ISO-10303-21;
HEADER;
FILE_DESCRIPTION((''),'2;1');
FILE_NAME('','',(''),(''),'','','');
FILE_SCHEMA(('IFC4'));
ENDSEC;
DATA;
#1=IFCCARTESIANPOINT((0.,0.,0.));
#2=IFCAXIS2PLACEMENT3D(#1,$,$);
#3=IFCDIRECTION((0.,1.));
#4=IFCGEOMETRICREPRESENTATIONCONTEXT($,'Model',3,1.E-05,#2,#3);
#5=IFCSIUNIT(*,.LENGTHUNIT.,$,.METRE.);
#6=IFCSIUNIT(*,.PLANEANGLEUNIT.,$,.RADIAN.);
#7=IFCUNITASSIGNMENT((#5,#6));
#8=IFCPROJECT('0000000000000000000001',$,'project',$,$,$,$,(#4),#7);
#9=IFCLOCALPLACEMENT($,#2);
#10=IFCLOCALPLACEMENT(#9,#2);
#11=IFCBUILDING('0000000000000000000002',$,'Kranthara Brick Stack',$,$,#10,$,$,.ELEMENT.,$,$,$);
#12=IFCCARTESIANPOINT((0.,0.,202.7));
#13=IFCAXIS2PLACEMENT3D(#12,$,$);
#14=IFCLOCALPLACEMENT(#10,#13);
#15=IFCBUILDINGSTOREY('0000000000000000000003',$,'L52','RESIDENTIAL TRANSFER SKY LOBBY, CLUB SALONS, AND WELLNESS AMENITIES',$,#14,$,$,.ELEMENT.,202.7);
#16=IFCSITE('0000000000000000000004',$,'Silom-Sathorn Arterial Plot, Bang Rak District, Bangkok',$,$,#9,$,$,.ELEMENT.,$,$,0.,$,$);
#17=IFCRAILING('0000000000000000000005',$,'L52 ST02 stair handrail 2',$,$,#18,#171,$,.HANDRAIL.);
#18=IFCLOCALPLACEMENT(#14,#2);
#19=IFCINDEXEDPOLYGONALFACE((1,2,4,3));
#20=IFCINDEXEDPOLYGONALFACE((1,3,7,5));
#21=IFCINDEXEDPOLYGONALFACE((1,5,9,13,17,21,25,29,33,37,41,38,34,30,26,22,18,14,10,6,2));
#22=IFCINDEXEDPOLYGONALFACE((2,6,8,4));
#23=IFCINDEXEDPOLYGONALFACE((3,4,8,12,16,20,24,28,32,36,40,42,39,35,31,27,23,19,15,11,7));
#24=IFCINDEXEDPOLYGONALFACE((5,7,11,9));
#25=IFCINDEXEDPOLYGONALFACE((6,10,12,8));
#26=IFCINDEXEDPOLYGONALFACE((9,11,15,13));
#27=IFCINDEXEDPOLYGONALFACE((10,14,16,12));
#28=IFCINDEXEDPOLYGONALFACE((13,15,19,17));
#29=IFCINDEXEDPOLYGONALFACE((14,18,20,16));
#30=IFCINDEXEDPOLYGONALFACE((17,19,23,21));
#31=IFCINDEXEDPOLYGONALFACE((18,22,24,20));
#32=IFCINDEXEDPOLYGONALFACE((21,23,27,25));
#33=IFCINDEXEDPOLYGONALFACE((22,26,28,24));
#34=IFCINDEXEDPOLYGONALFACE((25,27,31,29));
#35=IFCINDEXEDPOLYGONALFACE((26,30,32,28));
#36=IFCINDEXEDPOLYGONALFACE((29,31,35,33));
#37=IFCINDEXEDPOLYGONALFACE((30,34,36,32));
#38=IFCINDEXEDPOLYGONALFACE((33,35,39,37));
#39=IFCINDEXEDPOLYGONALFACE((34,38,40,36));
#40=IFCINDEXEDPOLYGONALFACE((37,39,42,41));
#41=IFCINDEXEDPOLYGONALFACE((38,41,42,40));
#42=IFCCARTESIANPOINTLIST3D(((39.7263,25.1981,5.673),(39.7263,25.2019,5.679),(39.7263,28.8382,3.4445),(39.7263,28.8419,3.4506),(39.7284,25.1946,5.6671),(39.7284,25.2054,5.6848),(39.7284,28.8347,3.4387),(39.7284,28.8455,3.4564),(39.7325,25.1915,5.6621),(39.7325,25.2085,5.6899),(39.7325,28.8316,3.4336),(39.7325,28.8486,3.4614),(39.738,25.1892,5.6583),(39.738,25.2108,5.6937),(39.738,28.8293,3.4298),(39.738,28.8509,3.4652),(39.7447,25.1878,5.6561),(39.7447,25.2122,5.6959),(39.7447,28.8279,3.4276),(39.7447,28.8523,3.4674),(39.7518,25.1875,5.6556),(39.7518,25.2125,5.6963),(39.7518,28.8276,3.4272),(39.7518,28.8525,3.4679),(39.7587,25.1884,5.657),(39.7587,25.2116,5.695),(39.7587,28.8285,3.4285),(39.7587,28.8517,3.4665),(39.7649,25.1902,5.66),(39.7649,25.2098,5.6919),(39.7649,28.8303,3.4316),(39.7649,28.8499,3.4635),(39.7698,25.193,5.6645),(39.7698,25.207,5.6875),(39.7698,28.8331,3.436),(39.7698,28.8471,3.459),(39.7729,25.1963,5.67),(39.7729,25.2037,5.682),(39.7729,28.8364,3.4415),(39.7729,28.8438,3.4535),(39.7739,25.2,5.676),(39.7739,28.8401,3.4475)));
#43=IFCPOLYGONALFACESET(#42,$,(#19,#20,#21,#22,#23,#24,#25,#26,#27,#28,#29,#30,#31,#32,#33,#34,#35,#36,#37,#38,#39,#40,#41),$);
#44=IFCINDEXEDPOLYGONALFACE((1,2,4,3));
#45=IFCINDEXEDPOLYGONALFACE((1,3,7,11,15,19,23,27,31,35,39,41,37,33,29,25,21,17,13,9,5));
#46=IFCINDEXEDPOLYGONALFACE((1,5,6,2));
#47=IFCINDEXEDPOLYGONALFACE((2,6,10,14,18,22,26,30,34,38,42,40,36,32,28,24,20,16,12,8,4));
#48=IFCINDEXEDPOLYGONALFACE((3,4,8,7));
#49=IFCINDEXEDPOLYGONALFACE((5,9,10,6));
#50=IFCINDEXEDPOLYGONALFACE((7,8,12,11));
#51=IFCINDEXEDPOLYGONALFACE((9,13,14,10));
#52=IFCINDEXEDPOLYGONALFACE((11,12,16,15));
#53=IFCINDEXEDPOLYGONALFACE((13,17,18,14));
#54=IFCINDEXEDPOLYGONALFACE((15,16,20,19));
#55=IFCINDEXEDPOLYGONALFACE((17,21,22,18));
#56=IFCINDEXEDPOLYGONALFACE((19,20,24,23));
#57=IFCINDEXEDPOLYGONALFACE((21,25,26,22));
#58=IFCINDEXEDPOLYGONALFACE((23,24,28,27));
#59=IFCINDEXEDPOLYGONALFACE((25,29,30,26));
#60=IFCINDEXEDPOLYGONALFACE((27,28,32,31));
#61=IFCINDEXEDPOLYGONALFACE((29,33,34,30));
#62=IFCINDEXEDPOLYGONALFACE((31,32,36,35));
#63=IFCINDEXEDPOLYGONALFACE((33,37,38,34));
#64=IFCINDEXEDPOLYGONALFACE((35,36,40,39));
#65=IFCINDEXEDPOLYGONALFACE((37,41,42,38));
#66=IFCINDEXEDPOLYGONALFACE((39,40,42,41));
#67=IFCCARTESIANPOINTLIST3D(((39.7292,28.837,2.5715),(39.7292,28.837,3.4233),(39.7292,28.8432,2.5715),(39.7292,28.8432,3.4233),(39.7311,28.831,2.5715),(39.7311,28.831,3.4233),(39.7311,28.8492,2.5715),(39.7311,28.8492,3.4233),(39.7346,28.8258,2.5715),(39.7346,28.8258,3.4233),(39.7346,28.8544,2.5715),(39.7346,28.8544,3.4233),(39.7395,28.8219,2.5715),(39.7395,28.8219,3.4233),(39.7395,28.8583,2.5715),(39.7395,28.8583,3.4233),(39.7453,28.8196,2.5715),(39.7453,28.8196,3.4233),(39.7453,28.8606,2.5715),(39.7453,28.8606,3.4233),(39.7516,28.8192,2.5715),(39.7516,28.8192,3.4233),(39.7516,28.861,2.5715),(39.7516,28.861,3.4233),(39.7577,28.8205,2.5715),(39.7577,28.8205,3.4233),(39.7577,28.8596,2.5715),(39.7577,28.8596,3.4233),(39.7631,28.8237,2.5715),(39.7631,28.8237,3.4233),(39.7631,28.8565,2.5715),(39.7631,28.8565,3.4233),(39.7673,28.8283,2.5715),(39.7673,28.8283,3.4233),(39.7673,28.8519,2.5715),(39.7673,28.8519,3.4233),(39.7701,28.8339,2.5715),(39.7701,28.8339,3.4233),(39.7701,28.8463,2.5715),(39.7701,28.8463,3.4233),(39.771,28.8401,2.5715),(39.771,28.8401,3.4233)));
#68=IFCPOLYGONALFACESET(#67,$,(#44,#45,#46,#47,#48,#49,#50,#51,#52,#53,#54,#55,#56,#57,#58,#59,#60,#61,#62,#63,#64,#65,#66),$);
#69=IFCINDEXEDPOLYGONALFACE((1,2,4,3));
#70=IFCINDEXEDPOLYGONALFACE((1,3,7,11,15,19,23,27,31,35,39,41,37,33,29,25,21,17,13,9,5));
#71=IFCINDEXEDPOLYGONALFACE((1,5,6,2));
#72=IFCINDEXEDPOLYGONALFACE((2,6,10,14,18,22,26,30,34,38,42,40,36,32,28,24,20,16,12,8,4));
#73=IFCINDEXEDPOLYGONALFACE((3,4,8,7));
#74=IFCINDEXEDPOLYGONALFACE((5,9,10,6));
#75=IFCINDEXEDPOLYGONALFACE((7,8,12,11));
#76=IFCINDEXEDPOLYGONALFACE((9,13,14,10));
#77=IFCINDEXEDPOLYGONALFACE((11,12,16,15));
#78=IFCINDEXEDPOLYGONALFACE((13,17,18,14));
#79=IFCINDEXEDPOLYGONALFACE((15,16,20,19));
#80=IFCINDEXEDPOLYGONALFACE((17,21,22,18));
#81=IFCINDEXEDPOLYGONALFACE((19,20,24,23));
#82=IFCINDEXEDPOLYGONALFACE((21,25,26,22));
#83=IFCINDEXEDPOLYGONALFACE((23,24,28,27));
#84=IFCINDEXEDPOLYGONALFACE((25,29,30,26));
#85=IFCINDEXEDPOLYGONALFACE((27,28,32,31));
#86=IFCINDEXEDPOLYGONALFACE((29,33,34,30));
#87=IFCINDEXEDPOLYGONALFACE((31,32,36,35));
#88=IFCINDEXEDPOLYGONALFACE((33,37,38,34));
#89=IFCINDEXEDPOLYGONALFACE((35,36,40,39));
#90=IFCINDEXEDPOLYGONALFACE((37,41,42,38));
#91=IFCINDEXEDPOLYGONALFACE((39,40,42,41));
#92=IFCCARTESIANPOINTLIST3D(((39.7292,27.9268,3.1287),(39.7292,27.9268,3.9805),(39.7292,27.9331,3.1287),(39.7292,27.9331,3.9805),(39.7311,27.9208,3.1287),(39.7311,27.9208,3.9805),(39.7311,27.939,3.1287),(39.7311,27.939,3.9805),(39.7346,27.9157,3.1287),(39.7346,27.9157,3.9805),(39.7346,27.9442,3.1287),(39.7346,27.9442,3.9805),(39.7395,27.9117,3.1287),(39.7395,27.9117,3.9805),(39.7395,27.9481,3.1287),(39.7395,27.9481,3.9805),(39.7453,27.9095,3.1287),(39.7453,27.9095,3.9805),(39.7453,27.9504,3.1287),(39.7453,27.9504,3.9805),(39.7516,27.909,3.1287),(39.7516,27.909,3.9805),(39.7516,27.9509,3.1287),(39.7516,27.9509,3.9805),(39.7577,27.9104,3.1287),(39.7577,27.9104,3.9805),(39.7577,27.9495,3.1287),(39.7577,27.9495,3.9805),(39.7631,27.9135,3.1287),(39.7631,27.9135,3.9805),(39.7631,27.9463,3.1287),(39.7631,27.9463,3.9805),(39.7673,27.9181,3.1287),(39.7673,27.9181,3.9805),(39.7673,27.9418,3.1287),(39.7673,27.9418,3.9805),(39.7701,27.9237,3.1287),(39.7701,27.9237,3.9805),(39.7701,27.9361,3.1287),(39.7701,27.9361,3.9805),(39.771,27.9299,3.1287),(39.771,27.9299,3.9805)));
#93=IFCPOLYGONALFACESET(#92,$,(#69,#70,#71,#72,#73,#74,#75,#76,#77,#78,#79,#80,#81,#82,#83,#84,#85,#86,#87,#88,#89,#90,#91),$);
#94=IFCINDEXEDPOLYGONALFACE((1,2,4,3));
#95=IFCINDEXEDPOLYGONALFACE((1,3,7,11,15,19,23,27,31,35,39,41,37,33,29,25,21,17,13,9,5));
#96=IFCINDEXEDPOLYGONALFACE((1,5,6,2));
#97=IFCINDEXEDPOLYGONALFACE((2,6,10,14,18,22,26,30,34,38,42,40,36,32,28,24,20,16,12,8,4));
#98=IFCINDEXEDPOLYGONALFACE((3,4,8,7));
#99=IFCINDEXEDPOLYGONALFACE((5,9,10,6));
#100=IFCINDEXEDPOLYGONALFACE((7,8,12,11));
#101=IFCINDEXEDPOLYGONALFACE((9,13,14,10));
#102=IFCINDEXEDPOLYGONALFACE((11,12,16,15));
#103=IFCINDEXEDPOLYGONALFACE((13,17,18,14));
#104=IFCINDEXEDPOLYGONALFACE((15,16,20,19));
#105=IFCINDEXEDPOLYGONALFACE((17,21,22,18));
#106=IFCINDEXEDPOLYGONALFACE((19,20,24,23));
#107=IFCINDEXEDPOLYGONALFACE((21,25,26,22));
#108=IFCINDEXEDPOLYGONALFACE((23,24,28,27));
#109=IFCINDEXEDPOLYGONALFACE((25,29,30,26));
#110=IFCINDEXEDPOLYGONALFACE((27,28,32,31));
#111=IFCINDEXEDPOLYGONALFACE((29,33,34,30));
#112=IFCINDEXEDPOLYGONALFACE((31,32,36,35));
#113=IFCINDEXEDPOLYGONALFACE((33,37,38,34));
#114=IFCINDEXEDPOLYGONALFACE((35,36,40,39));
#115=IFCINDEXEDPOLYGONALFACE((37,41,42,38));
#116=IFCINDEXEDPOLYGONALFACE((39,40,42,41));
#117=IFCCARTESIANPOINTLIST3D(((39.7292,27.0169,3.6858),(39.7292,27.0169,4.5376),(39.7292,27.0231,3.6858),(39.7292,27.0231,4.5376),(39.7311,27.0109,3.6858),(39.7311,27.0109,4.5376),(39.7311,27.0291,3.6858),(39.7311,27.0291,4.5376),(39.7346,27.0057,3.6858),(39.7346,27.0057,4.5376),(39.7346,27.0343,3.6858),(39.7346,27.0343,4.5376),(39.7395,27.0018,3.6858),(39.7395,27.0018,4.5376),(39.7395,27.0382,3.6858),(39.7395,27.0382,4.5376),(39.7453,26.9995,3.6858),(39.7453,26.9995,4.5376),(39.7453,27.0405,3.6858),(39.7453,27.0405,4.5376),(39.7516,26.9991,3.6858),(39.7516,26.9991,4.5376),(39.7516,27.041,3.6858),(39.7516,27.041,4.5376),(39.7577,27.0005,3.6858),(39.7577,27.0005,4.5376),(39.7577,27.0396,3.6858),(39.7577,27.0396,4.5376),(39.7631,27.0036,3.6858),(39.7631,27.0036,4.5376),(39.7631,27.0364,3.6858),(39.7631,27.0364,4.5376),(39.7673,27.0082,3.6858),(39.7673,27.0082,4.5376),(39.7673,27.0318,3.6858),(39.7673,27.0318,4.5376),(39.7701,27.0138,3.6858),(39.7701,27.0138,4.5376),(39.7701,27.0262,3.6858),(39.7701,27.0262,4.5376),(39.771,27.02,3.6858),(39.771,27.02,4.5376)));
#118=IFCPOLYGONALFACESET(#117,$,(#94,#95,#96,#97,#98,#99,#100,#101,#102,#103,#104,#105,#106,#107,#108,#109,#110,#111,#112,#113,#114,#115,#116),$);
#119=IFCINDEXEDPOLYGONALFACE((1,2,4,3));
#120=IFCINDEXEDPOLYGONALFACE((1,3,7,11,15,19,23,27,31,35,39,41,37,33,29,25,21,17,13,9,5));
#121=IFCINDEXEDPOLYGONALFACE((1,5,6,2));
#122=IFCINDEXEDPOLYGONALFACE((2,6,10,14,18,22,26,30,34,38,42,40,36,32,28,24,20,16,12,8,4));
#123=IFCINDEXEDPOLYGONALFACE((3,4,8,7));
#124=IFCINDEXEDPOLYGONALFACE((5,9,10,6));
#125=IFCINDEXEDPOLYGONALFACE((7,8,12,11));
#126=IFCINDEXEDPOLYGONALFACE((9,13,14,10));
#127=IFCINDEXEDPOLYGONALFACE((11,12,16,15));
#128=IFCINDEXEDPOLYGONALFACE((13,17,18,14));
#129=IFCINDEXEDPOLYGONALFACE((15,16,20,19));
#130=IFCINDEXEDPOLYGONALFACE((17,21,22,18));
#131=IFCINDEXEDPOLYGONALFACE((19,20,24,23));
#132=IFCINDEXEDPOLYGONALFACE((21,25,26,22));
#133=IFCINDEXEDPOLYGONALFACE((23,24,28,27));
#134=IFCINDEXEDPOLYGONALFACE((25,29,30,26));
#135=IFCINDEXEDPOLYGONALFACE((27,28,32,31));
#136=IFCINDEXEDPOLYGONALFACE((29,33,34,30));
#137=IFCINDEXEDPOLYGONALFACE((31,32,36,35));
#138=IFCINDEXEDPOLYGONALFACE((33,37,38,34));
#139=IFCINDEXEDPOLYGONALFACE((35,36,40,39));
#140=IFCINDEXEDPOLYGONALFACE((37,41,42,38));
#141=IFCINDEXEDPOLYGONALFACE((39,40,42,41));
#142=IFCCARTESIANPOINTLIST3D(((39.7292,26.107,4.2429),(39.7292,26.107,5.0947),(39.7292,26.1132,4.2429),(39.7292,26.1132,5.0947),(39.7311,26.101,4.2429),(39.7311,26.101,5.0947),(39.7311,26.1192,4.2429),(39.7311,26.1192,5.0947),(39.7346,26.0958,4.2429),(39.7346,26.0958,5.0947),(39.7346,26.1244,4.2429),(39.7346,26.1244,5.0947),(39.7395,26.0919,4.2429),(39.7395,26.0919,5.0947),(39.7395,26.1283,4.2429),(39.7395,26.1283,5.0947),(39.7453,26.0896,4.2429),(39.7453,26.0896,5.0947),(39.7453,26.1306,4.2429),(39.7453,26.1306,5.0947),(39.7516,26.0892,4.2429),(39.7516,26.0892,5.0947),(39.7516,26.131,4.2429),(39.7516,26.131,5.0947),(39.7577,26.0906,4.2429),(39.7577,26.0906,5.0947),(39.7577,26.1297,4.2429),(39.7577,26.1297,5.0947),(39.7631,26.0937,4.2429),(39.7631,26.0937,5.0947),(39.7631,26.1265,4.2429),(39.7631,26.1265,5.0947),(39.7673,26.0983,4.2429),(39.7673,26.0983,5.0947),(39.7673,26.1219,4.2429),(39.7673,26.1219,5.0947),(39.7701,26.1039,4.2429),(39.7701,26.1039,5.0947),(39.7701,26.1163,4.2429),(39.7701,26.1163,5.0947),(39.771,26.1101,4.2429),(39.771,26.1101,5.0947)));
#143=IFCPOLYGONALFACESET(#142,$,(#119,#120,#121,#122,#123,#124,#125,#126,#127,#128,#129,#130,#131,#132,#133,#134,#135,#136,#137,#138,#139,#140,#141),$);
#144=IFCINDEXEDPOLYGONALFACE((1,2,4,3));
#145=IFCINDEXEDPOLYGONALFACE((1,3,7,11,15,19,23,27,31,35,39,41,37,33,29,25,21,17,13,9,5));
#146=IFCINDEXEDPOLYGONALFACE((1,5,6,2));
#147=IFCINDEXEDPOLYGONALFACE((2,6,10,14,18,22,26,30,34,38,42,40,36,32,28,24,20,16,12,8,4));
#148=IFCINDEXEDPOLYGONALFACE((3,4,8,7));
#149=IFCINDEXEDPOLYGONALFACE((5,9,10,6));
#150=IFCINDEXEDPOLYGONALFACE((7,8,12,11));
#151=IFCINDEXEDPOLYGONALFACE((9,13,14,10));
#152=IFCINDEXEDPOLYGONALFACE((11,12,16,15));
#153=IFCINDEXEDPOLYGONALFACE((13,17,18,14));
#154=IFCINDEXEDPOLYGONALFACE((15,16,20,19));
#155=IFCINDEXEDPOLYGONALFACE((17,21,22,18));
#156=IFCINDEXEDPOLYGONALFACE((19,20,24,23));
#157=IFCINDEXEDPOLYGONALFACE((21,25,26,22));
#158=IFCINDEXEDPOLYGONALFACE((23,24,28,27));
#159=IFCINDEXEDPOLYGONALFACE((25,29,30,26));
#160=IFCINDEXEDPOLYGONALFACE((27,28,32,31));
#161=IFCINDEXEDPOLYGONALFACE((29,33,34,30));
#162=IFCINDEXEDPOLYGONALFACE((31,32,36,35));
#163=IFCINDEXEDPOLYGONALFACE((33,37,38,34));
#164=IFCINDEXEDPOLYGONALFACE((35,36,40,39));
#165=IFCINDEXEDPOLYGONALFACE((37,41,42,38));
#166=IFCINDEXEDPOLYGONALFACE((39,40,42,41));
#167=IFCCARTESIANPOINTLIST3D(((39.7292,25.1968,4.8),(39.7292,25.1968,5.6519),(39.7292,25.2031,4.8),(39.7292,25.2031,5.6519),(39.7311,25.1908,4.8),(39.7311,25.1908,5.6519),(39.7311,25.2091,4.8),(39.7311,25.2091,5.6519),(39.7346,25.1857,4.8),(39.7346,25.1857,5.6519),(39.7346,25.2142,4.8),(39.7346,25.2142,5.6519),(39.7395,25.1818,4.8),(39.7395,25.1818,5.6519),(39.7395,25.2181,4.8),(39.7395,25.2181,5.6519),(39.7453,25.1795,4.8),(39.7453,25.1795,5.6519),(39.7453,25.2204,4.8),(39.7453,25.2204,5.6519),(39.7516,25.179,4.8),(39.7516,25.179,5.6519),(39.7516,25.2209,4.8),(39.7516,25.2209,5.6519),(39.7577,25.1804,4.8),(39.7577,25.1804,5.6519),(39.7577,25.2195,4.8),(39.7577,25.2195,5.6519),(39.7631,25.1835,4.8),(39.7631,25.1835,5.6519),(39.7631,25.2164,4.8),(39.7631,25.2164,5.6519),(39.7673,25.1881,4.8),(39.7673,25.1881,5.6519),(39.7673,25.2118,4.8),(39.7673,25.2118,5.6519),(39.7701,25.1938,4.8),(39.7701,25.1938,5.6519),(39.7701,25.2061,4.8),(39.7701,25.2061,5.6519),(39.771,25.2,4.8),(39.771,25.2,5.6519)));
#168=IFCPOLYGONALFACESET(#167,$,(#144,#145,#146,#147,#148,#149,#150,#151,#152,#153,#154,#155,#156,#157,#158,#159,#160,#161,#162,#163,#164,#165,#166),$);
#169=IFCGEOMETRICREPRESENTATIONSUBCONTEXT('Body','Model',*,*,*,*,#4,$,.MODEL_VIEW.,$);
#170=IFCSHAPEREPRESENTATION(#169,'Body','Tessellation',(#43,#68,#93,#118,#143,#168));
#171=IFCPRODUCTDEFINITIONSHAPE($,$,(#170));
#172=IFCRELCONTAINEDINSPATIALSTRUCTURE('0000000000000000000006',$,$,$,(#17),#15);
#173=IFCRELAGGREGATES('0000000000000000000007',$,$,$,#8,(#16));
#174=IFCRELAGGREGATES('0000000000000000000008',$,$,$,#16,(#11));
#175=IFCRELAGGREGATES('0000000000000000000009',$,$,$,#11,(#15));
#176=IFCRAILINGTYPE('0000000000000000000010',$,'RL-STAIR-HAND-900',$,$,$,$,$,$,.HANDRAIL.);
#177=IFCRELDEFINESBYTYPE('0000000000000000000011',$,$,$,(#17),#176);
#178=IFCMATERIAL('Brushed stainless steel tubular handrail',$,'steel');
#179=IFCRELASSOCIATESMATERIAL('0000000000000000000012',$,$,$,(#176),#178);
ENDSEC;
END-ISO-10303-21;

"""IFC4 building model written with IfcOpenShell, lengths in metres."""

from ifc_helpers import new_model, si_unit, direction, frame, origin, origin_2d, place, context, subcontext, project, spatial, circle, extrude, material, type_object, element, save


model = new_model("IFC4")

# Units and contexts
model_context = context("Model", 3, precision=1e-05, world=origin(), true_north=direction((0.0, 1.0)))
body_context = subcontext(model_context, "Body", "Model", "MODEL_VIEW")
ifc_project = project(units=[si_unit("LENGTHUNIT", "METRE"), si_unit("PLANEANGLEUNIT", "RADIAN")], contexts=[model_context])

# Site, building, storey
site_placement = place(None, origin())
site = spatial("IfcSite", under=ifc_project, at=site_placement, Name="Silom-Sathorn Arterial Plot, Bang Rak District, Bangkok", CompositionType="ELEMENT", RefElevation=0.0)
building_placement = place(site_placement, origin())
building = spatial("IfcBuilding", under=site, at=building_placement, Name="Kranthara Brick Stack", CompositionType="ELEMENT")
storey_placement = place(building_placement, frame((0.0, 0.0, 202.7)))
storey = spatial("IfcBuildingStorey", under=building, at=storey_placement, Name="L52", Description="RESIDENTIAL TRANSFER SKY LOBBY, CLUB SALONS, AND WELLNESS AMENITIES", CompositionType="ELEMENT", Elevation=202.7)

# Railing
ifc_material_1 = material(Name="Brushed stainless steel tubular handrail", Category="steel")
railing_type_1 = type_object("IfcRailingType", Name="RL-STAIR-HAND-900", PredefinedType="HANDRAIL", material=ifc_material_1)
railing_1_placement = place(storey_placement, frame((39.75, 28.8401, 2.5715)))
element("IfcRailing", 1, at=railing_1_placement, inside=storey, type_object=railing_type_1, Name="L52 ST02 stair handrail 2", PredefinedType="HANDRAIL", context=body_context, shape_type="SweptSolid", body=[
    extrude(circle(Radius=0.0239, at=origin_2d()), frame((0.0, 0.0, 0.876), z_axis=(0.0, -0.852866, 0.52213), x_axis=(1.0, 0.0, 0.0)), (0.0, 0.0, 1.0), 4.2681),
    extrude(circle(Radius=0.021, at=origin_2d()), origin(), (0.0, 0.0, 1.0), 0.8518),
    extrude(circle(Radius=0.021, at=origin_2d()), frame((0.0, -0.9102, 0.5571)), (0.0, 0.0, 1.0), 0.8518),
    extrude(circle(Radius=0.021, at=origin_2d()), frame((0.0, -1.8201, 1.1143)), (0.0, 0.0, 1.0), 0.8518),
    extrude(circle(Radius=0.021, at=origin_2d()), frame((0.0, -2.73, 1.6714)), (0.0, 0.0, 1.0), 0.8518),
    extrude(circle(Radius=0.021, at=origin_2d()), frame((0.0, -3.6401, 2.2285)), (0.0, 0.0, 1.0), 0.8518),
])

save(model, "model.ifc")
